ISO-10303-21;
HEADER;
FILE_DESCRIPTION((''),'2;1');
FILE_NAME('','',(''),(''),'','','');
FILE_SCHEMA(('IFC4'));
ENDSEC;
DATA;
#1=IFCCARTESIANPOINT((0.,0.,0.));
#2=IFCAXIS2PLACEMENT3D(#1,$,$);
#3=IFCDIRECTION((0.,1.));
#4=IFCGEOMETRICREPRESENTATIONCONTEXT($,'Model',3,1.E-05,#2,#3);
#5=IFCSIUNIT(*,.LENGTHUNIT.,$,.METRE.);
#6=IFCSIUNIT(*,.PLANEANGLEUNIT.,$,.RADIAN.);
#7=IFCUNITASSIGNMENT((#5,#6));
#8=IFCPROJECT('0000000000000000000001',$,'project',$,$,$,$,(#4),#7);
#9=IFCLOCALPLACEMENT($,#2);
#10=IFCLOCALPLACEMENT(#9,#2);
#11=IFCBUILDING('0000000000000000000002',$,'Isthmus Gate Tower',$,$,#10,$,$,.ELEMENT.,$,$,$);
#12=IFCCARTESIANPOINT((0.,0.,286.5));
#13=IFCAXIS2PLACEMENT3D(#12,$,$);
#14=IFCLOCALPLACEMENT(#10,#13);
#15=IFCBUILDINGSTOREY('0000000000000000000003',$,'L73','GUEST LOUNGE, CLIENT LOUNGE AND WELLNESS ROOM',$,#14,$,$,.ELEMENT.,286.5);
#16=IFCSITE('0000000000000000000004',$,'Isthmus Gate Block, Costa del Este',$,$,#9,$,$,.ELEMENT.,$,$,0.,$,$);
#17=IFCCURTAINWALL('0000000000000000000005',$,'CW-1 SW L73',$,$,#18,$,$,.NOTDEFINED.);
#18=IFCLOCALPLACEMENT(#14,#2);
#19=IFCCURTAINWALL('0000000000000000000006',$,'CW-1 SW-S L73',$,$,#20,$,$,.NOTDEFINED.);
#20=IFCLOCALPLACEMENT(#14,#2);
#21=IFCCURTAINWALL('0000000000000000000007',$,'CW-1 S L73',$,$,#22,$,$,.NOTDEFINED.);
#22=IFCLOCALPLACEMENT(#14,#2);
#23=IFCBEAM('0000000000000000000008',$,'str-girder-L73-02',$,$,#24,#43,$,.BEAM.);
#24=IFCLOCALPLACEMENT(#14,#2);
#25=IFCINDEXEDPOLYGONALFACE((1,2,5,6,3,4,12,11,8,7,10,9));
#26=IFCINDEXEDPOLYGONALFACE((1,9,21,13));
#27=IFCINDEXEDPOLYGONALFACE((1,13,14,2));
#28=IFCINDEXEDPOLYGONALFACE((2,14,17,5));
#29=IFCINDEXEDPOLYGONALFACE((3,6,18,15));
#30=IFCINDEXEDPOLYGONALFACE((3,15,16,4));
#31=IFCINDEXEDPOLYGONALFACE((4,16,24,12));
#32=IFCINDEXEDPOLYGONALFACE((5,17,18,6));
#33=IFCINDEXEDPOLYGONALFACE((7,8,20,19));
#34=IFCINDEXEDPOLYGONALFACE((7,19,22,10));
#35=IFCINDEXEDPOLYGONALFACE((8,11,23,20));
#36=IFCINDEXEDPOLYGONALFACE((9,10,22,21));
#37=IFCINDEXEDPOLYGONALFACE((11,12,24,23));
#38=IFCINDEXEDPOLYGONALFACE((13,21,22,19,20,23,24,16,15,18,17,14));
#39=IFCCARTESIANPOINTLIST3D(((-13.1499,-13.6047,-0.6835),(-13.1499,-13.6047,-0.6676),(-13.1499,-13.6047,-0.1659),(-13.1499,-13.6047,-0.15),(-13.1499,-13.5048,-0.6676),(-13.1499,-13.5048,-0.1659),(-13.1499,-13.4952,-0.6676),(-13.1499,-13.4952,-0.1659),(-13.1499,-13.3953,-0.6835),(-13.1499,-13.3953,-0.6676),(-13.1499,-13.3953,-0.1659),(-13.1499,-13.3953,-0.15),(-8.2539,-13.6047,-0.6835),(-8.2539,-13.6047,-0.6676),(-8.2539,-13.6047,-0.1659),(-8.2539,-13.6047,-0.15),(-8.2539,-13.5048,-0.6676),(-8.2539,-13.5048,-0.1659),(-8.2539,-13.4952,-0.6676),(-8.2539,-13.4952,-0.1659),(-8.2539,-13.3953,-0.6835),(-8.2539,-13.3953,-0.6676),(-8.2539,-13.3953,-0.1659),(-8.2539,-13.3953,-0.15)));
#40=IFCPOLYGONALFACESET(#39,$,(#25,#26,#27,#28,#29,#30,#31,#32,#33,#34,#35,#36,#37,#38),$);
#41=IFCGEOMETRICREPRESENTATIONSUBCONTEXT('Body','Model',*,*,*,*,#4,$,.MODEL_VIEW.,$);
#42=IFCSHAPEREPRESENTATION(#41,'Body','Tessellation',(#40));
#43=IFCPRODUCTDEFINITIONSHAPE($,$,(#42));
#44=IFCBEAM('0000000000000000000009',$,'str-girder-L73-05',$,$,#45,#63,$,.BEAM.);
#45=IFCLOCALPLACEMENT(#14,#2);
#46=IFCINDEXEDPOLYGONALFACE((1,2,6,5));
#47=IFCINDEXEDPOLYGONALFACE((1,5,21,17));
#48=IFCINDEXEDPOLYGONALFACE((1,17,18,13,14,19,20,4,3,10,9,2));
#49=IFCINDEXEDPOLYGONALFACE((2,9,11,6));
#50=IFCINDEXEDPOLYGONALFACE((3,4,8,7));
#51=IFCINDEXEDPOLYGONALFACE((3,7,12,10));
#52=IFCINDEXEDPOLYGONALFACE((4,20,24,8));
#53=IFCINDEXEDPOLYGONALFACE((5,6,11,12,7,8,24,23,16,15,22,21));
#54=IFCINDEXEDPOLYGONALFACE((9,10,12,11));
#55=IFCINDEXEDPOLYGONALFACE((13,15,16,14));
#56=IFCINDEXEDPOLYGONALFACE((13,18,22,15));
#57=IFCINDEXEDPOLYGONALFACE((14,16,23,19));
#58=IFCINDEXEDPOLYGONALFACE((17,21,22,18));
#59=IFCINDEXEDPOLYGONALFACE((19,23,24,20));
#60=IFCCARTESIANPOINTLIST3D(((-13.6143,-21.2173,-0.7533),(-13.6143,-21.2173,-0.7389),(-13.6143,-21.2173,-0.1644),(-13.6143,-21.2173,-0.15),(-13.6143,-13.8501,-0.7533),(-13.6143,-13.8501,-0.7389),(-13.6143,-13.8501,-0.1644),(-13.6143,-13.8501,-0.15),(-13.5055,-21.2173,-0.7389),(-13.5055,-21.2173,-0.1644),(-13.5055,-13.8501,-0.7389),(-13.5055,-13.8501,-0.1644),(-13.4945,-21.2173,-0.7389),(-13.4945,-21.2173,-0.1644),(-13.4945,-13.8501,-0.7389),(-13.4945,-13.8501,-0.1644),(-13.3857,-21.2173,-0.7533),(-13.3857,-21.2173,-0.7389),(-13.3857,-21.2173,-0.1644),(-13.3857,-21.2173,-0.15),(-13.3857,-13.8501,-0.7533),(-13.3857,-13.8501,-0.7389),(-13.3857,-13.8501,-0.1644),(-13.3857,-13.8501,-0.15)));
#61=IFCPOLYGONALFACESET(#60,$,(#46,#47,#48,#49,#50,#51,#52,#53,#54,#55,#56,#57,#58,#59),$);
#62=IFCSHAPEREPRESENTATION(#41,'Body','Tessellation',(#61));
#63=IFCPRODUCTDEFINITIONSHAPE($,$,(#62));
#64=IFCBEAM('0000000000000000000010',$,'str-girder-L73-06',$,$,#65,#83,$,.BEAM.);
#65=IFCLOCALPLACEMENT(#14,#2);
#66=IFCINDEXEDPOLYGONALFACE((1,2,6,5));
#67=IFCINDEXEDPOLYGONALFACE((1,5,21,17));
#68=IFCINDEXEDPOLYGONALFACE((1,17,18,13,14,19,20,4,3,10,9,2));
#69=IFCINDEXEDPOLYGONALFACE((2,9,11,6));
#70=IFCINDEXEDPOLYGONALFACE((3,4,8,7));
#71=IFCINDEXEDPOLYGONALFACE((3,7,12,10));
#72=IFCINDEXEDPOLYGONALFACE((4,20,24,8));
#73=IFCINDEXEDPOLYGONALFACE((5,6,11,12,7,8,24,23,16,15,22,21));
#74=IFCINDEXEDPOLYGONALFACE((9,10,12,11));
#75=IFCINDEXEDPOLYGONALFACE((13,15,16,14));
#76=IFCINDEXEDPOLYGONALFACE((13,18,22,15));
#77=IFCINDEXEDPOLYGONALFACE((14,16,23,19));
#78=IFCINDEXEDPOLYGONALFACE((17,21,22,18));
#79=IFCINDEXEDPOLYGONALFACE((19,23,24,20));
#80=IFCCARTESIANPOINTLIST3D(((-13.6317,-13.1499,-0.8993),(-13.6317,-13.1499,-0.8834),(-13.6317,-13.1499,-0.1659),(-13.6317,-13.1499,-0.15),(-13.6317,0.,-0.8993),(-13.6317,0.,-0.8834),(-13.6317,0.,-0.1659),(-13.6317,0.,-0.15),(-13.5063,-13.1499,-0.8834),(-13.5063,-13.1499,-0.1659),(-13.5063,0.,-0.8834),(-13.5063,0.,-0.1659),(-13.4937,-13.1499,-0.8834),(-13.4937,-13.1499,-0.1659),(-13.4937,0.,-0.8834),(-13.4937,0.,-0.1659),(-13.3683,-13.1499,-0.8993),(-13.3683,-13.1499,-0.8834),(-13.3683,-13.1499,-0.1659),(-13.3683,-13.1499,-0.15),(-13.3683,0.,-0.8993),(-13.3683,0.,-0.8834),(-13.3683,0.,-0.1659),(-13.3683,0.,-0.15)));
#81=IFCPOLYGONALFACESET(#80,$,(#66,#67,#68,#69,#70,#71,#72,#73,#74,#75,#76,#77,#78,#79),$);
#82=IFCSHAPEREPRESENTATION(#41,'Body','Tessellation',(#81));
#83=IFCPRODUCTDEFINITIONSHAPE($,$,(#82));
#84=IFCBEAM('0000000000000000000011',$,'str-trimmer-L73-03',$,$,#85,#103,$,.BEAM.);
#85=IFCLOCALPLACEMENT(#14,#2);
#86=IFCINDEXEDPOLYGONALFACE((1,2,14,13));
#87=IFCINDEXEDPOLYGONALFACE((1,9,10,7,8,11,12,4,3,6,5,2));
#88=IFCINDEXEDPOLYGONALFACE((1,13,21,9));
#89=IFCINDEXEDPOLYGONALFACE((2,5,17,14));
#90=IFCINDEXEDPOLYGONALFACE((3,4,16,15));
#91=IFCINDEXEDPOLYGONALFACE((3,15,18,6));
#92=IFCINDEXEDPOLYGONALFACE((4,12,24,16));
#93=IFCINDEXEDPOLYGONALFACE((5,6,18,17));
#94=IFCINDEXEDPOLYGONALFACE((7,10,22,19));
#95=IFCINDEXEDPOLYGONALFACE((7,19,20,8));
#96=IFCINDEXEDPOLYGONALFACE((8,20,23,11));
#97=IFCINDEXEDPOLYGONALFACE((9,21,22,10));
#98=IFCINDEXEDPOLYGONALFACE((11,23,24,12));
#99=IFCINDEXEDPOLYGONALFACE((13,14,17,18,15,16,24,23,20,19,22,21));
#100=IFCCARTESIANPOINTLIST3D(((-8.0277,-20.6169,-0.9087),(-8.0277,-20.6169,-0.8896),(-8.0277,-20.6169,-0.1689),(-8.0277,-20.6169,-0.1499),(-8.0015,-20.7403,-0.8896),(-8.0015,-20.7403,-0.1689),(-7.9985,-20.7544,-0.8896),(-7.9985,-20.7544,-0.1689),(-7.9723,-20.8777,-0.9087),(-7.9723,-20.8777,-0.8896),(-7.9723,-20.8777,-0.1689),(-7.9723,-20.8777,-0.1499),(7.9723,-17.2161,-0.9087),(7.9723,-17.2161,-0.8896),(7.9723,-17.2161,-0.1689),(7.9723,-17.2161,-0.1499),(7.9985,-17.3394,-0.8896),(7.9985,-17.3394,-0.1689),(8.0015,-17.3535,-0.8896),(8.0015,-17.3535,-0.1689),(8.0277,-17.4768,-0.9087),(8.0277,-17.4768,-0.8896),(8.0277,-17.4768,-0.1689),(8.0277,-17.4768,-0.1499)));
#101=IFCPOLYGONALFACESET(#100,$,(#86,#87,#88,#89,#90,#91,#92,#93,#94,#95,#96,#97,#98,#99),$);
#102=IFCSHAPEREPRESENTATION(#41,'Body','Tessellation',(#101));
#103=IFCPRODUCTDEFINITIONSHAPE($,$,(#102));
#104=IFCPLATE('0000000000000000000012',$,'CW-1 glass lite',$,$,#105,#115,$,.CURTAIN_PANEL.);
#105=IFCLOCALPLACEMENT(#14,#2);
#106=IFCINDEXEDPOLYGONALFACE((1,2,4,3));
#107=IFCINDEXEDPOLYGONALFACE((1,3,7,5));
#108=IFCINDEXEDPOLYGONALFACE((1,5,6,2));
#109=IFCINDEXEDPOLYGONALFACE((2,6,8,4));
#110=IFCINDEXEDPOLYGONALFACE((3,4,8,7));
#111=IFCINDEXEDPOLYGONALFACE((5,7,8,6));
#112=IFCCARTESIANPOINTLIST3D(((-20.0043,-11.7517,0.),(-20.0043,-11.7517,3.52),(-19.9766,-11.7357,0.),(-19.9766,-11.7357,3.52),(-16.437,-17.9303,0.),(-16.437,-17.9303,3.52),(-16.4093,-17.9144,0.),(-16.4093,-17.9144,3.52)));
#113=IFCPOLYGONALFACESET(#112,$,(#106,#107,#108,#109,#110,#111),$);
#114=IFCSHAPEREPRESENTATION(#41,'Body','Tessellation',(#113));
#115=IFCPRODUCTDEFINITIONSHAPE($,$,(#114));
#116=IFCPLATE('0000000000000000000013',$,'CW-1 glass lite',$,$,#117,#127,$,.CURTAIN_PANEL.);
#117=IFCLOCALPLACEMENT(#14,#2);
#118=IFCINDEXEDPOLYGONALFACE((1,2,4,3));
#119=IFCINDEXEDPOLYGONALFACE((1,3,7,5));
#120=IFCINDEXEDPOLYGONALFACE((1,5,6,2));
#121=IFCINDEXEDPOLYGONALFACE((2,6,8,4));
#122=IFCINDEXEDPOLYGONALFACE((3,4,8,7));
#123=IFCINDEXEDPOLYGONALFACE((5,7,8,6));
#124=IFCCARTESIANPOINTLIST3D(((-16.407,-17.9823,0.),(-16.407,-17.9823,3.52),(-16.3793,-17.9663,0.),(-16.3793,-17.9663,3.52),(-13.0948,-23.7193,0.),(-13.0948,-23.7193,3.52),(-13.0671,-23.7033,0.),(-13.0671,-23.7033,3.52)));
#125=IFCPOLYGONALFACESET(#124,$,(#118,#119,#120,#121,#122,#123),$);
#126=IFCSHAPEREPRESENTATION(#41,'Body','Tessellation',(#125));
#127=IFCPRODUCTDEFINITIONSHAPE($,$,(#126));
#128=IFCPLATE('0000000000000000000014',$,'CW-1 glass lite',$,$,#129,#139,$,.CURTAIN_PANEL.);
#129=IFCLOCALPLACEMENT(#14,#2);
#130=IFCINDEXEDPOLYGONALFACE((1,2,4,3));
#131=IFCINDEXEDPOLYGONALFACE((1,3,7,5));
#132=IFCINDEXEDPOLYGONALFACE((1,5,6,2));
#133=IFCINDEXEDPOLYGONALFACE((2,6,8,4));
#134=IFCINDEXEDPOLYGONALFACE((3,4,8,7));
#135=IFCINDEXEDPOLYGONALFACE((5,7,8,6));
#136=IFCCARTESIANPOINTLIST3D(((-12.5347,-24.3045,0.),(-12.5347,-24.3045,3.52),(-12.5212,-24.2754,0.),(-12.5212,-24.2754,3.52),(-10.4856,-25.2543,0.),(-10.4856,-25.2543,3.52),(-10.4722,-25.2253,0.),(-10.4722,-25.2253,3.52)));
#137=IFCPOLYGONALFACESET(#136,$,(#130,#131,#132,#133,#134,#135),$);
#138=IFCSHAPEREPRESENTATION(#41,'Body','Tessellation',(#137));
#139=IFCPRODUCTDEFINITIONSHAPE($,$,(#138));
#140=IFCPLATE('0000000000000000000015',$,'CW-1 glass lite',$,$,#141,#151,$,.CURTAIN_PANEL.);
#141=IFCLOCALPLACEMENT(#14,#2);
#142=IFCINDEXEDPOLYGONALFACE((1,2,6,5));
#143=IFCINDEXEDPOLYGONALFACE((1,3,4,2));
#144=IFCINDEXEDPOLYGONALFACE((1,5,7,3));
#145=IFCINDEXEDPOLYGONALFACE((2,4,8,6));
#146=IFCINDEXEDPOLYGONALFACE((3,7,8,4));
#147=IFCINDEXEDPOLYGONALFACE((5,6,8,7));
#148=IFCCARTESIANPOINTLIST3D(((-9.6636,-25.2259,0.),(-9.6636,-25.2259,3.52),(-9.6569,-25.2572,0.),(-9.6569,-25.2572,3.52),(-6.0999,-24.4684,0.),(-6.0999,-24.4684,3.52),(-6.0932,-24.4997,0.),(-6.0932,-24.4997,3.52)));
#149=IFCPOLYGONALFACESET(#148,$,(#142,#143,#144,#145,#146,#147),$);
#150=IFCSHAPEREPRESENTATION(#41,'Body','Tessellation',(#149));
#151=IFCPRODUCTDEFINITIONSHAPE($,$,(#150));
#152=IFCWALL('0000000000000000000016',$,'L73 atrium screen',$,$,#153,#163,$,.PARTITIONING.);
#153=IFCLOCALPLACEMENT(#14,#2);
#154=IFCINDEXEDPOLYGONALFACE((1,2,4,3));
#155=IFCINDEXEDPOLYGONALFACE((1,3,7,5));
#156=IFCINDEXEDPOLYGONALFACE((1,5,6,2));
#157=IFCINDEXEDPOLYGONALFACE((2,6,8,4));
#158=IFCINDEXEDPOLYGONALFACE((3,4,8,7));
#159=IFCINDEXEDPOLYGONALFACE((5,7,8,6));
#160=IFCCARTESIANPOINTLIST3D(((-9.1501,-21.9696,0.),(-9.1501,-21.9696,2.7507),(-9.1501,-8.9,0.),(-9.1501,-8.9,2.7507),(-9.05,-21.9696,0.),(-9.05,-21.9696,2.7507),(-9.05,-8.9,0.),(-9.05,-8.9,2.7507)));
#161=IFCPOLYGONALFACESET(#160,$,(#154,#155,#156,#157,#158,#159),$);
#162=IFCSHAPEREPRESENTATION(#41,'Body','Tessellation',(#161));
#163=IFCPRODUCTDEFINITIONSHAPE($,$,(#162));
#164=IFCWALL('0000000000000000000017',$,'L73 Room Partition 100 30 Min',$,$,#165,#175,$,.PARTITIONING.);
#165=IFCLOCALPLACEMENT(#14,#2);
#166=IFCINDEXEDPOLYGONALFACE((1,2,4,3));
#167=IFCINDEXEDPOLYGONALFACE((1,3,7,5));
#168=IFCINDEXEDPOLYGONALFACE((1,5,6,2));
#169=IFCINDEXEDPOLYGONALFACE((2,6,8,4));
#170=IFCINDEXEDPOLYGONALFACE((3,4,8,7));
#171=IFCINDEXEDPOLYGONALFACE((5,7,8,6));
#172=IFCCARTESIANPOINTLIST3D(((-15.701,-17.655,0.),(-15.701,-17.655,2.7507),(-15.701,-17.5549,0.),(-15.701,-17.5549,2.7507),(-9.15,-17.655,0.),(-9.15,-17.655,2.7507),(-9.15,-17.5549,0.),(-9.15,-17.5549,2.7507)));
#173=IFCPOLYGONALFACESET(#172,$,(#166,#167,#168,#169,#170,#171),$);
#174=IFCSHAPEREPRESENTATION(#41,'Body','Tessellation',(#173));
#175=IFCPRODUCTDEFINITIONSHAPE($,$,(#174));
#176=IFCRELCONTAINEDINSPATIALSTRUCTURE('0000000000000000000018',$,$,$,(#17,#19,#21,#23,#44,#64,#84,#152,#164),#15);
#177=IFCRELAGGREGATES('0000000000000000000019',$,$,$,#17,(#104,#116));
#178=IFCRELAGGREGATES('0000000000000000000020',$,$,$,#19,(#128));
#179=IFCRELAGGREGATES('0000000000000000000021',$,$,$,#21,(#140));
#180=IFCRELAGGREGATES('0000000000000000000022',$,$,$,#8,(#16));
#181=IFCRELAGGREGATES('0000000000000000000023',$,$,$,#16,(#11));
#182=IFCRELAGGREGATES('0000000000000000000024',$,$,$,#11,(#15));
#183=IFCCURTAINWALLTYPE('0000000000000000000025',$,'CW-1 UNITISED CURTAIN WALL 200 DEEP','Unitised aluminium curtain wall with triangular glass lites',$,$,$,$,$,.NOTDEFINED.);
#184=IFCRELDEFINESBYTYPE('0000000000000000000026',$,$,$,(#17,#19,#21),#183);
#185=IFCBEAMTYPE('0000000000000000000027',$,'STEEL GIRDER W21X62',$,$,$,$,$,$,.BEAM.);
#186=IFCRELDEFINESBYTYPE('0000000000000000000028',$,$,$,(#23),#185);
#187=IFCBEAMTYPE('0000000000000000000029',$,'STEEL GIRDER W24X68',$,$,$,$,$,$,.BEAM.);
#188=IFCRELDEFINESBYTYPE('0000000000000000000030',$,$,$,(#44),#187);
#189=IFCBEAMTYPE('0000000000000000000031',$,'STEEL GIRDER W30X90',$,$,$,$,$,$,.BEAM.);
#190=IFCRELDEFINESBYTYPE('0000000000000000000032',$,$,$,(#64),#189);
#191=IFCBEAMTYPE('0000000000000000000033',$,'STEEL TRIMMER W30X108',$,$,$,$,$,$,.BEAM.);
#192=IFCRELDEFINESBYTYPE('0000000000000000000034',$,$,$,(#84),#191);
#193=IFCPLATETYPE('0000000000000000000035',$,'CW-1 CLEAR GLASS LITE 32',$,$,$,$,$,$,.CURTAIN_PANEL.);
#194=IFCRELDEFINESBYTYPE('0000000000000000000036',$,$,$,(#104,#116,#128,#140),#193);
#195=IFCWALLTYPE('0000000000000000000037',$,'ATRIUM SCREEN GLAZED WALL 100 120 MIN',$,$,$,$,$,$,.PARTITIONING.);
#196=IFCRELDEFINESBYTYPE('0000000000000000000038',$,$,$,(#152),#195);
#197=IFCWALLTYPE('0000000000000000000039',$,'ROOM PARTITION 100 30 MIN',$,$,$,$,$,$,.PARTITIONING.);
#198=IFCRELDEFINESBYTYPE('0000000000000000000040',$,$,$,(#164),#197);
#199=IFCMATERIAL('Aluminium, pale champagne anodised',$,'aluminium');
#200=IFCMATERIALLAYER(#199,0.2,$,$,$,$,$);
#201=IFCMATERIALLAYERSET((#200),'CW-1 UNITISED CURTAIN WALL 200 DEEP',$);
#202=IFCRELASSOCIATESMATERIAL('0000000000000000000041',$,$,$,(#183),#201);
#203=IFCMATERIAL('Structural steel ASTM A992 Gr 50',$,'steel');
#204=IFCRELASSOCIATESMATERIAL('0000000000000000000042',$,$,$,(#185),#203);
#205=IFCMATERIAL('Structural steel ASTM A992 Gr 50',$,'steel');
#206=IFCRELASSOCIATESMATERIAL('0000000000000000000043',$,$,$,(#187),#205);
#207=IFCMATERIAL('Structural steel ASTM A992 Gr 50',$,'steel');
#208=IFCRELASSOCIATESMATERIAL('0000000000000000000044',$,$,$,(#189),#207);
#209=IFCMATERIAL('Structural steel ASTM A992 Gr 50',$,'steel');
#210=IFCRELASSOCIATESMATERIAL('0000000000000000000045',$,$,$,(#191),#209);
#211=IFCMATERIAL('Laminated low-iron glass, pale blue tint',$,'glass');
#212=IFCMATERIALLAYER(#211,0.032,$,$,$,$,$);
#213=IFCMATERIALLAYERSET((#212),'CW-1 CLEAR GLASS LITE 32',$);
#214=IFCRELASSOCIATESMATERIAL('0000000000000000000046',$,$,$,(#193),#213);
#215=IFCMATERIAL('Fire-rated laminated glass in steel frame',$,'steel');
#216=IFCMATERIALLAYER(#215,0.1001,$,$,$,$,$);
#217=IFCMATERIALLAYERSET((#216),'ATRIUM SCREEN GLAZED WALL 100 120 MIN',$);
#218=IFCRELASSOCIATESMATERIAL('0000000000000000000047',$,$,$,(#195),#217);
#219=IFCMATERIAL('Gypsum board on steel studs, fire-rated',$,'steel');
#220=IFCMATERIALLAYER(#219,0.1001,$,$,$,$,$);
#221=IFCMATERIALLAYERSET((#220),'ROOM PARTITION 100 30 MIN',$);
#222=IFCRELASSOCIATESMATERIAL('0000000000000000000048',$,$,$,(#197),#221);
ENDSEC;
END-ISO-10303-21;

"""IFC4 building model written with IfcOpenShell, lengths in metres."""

from ifc_helpers import new_model, si_unit, direction, frame, frame_2d, origin, origin_2d, place, context, subcontext, project, spatial, rectangle, i_section, extrude, material, layer, layer_set, material_profile, profile_set, type_object, element, aggregate, save


model = new_model("IFC4")

# Units and contexts
model_context = context("Model", 3, precision=1e-05, world=origin(), true_north=direction((0.0, 1.0)))
body_context = subcontext(model_context, "Body", "Model", "MODEL_VIEW")
ifc_project = project(units=[si_unit("LENGTHUNIT", "METRE"), si_unit("PLANEANGLEUNIT", "RADIAN")], contexts=[model_context])

# Site, building, storey
site_placement = place(None, origin())
site = spatial("IfcSite", under=ifc_project, at=site_placement, Name="Isthmus Gate Block, Costa del Este", CompositionType="ELEMENT", RefElevation=0.0)
building_placement = place(site_placement, origin())
building = spatial("IfcBuilding", under=site, at=building_placement, Name="Isthmus Gate Tower", CompositionType="ELEMENT")
storey_placement = place(building_placement, frame((0.0, 0.0, 286.5)))
storey = spatial("IfcBuildingStorey", under=building, at=storey_placement, Name="L73", Description="GUEST LOUNGE, CLIENT LOUNGE AND WELLNESS ROOM", CompositionType="ELEMENT", Elevation=286.5)

# Curtain walls
ifc_material_1 = material(Name="Aluminium, pale champagne anodised", Category="aluminium")
ifc_layer_1 = layer(ifc_material_1, 0.2)
ifc_layer_set_1 = layer_set([ifc_layer_1], Name="CW-1 UNITISED CURTAIN WALL 200 DEEP")
curtain_wall_type = type_object("IfcCurtainWallType", Name="CW-1 UNITISED CURTAIN WALL 200 DEEP", Description="Unitised aluminium curtain wall with triangular glass lites", PredefinedType="NOTDEFINED", material=ifc_layer_set_1)
curtain_wall_1_placement = place(storey_placement, origin())
curtain_wall_1 = element("IfcCurtainWall", 1, at=curtain_wall_1_placement, inside=storey, type_object=curtain_wall_type, Name="CW-1 SW L73", PredefinedType="NOTDEFINED")
curtain_wall_2_placement = place(storey_placement, origin())
curtain_wall_2 = element("IfcCurtainWall", 2, at=curtain_wall_2_placement, inside=storey, type_object=curtain_wall_type, Name="CW-1 SW-S L73", PredefinedType="NOTDEFINED")

# Curtain wall
curtain_wall_3_placement = place(storey_placement, origin())
curtain_wall_3 = element("IfcCurtainWall", 3, at=curtain_wall_3_placement, inside=storey, type_object=curtain_wall_type, Name="CW-1 S L73", PredefinedType="NOTDEFINED")

# Beams
ifc_material_2 = material(Name="Structural steel ASTM A992 Gr 50", Category="steel")
ifc_material_profile_1 = material_profile(ifc_material_2, i_section(OverallWidth=0.2095, OverallDepth=0.5334, WebThickness=0.0095, FlangeThickness=0.0159, at=origin_2d()), Name="W21X62")
ifc_profile_set_1 = profile_set([ifc_material_profile_1], Name="Structural steel ASTM A992 Gr 50")
beam_type_1 = type_object("IfcBeamType", Name="STEEL GIRDER W21X62", PredefinedType="BEAM", material=ifc_profile_set_1)
beam_1_placement = place(storey_placement, frame((-13.1499, -13.5, -0.4167), z_axis=(1.0, 0.0, 0.0), x_axis=(0.0, 1.0, 0.0)))
element("IfcBeam", 4, at=beam_1_placement, inside=storey, type_object=beam_type_1, Name="str-girder-L73-02", PredefinedType="BEAM", context=body_context, shape_type="SweptSolid", body=[
    extrude(i_section(OverallWidth=0.2095, OverallDepth=0.5334, WebThickness=0.0095, FlangeThickness=0.0159, at=origin_2d()), origin(), (0.0, 0.0, 1.0), 4.896),
])
ifc_material_3 = material(Name="Structural steel ASTM A992 Gr 50", Category="steel")
ifc_material_profile_2 = material_profile(ifc_material_3, i_section(OverallWidth=0.2285, OverallDepth=0.6033, WebThickness=0.011, FlangeThickness=0.0144, at=origin_2d()), Name="W24X68")
ifc_profile_set_2 = profile_set([ifc_material_profile_2], Name="Structural steel ASTM A992 Gr 50")
beam_type_2 = type_object("IfcBeamType", Name="STEEL GIRDER W24X68", PredefinedType="BEAM", material=ifc_profile_set_2)
beam_2_placement = place(storey_placement, frame((-13.5, -21.2173, -0.4517), z_axis=(0.0, 1.0, 0.0), x_axis=(-1.0, 0.0, 0.0)))
element("IfcBeam", 5, at=beam_2_placement, inside=storey, type_object=beam_type_2, Name="str-girder-L73-05", PredefinedType="BEAM", context=body_context, shape_type="SweptSolid", body=[
    extrude(i_section(OverallWidth=0.2285, OverallDepth=0.6033, WebThickness=0.011, FlangeThickness=0.0144, at=origin_2d()), origin(), (0.0, 0.0, 1.0), 7.3672),
])
ifc_material_4 = material(Name="Structural steel ASTM A992 Gr 50", Category="steel")
ifc_material_profile_3 = material_profile(ifc_material_4, i_section(OverallWidth=0.2634, OverallDepth=0.7493, WebThickness=0.0127, FlangeThickness=0.0159, at=origin_2d()), Name="W30X90")
ifc_profile_set_3 = profile_set([ifc_material_profile_3], Name="Structural steel ASTM A992 Gr 50")
beam_type_3 = type_object("IfcBeamType", Name="STEEL GIRDER W30X90", PredefinedType="BEAM", material=ifc_profile_set_3)
beam_3_placement = place(storey_placement, frame((-13.5, -13.1499, -0.5247), z_axis=(0.0, 1.0, 0.0), x_axis=(-1.0, 0.0, 0.0)))
element("IfcBeam", 6, at=beam_3_placement, inside=storey, type_object=beam_type_3, Name="str-girder-L73-06", PredefinedType="BEAM", context=body_context, shape_type="SweptSolid", body=[
    extrude(i_section(OverallWidth=0.2634, OverallDepth=0.7493, WebThickness=0.0127, FlangeThickness=0.0159, at=origin_2d()), origin(), (0.0, 0.0, 1.0), 13.1499),
])
ifc_material_5 = material(Name="Structural steel ASTM A992 Gr 50", Category="steel")
ifc_material_profile_4 = material_profile(ifc_material_5, i_section(OverallWidth=0.2666, OverallDepth=0.7588, WebThickness=0.0144, FlangeThickness=0.019, at=origin_2d()), Name="W30X108")
ifc_profile_set_4 = profile_set([ifc_material_profile_4], Name="Structural steel ASTM A992 Gr 50")
beam_type_4 = type_object("IfcBeamType", Name="STEEL TRIMMER W30X108", PredefinedType="BEAM", material=ifc_profile_set_4)
beam_4_placement = place(storey_placement, frame((-8.0, -20.7473, -0.5293), z_axis=(0.978148, 0.20791, 0.0), x_axis=(-0.20791, 0.978148, 0.0)))
element("IfcBeam", 7, at=beam_4_placement, inside=storey, type_object=beam_type_4, Name="str-trimmer-L73-03", PredefinedType="BEAM", context=body_context, shape_type="SweptSolid", body=[
    extrude(i_section(OverallWidth=0.2666, OverallDepth=0.7588, WebThickness=0.0144, FlangeThickness=0.019, at=origin_2d()), origin(), (0.0, 0.0, 1.0), 16.3574),
])

# Plates
ifc_material_6 = material(Name="Laminated low-iron glass, pale blue tint", Category="glass")
ifc_layer_2 = layer(ifc_material_6, 0.032)
ifc_layer_set_2 = layer_set([ifc_layer_2], Name="CW-1 CLEAR GLASS LITE 32")
plate_type = type_object("IfcPlateType", Name="CW-1 CLEAR GLASS LITE 32", PredefinedType="CURTAIN_PANEL", material=ifc_layer_set_2)
plate_1_placement = place(storey_placement, frame((-18.2068, -14.833, 0.0), z_axis=(0.0, 0.0, 1.0), x_axis=(0.5, -0.866025, 0.0)))
plate_1 = element("IfcPlate", 8, at=plate_1_placement, type_object=plate_type, Name="CW-1 glass lite", PredefinedType="CURTAIN_PANEL", context=body_context, shape_type="SweptSolid", body=[
    extrude(rectangle(XDim=7.1345, YDim=0.032, at=origin_2d()), origin(), (0.0, 0.0, 1.0), 3.52),
])
plate_2_placement = place(storey_placement, frame((-14.7371, -20.8428, 0.0), z_axis=(0.0, 0.0, 1.0), x_axis=(0.5, -0.866025, 0.0)))
plate_2 = element("IfcPlate", 9, at=plate_2_placement, type_object=plate_type, Name="CW-1 glass lite", PredefinedType="CURTAIN_PANEL", context=body_context, shape_type="SweptSolid", body=[
    extrude(rectangle(XDim=6.6245, YDim=0.032, at=origin_2d()), origin(), (0.0, 0.0, 1.0), 3.52),
])
aggregate(curtain_wall_1, [plate_1, plate_2])
plate_3_placement = place(storey_placement, frame((-11.5034, -24.7649, 0.0), z_axis=(0.0, 0.0, 1.0), x_axis=(0.907256, -0.420578, 0.0)))
plate_3 = element("IfcPlate", 10, at=plate_3_placement, type_object=plate_type, Name="CW-1 glass lite", PredefinedType="CURTAIN_PANEL", context=body_context, shape_type="SweptSolid", body=[
    extrude(rectangle(XDim=2.2585, YDim=0.032, at=origin_2d()), origin(), (0.0, 0.0, 1.0), 3.52),
])
aggregate(curtain_wall_2, [plate_3])
plate_4_placement = place(storey_placement, frame((-7.8784, -24.8628, 0.0), z_axis=(0.0, 0.0, 1.0), x_axis=(0.978148, 0.207912, 0.0)))
plate_4 = element("IfcPlate", 11, at=plate_4_placement, type_object=plate_type, Name="CW-1 glass lite", PredefinedType="CURTAIN_PANEL", context=body_context, shape_type="SweptSolid", body=[
    extrude(rectangle(XDim=3.6433, YDim=0.032, at=origin_2d()), origin(), (0.0, 0.0, 1.0), 3.52),
])

# Walls
ifc_material_7 = material(Name="Fire-rated laminated glass in steel frame", Category="steel")
ifc_layer_3 = layer(ifc_material_7, 0.1001)
ifc_layer_set_3 = layer_set([ifc_layer_3], Name="ATRIUM SCREEN GLAZED WALL 100 120 MIN")
wall_type_1 = type_object("IfcWallType", Name="ATRIUM SCREEN GLAZED WALL 100 120 MIN", PredefinedType="PARTITIONING", material=ifc_layer_set_3)
wall_1_placement = place(storey_placement, frame((-9.1001, -21.9695, 0.0), z_axis=(0.0, 0.0, 1.0), x_axis=(0.0, 1.0, 0.0)))
element("IfcWall", 12, at=wall_1_placement, inside=storey, type_object=wall_type_1, Name="L73 atrium screen", PredefinedType="PARTITIONING", context=body_context, shape_type="SweptSolid", body=[
    extrude(rectangle(XDim=13.0696, YDim=0.1001, at=frame_2d((6.5347, 0.0))), origin(), (0.0, 0.0, 1.0), 2.7507),
])
ifc_material_8 = material(Name="Gypsum board on steel studs, fire-rated", Category="steel")
ifc_layer_4 = layer(ifc_material_8, 0.1001)
ifc_layer_set_4 = layer_set([ifc_layer_4], Name="ROOM PARTITION 100 30 MIN")
wall_type_2 = type_object("IfcWallType", Name="ROOM PARTITION 100 30 MIN", PredefinedType="PARTITIONING", material=ifc_layer_set_4)
wall_2_placement = place(storey_placement, frame((-15.7009, -17.605, 0.0), z_axis=(0.0, 0.0, 1.0), x_axis=(1.0, 0.0, 0.0)))
element("IfcWall", 13, at=wall_2_placement, inside=storey, type_object=wall_type_2, Name="L73 Room Partition 100 30 Min", PredefinedType="PARTITIONING", context=body_context, shape_type="SweptSolid", body=[
    extrude(rectangle(XDim=6.551, YDim=0.1001, at=frame_2d((3.2754, 0.0))), origin(), (0.0, 0.0, 1.0), 2.7507),
])

aggregate(curtain_wall_3, [plate_4])

save(model, "model.ifc")
